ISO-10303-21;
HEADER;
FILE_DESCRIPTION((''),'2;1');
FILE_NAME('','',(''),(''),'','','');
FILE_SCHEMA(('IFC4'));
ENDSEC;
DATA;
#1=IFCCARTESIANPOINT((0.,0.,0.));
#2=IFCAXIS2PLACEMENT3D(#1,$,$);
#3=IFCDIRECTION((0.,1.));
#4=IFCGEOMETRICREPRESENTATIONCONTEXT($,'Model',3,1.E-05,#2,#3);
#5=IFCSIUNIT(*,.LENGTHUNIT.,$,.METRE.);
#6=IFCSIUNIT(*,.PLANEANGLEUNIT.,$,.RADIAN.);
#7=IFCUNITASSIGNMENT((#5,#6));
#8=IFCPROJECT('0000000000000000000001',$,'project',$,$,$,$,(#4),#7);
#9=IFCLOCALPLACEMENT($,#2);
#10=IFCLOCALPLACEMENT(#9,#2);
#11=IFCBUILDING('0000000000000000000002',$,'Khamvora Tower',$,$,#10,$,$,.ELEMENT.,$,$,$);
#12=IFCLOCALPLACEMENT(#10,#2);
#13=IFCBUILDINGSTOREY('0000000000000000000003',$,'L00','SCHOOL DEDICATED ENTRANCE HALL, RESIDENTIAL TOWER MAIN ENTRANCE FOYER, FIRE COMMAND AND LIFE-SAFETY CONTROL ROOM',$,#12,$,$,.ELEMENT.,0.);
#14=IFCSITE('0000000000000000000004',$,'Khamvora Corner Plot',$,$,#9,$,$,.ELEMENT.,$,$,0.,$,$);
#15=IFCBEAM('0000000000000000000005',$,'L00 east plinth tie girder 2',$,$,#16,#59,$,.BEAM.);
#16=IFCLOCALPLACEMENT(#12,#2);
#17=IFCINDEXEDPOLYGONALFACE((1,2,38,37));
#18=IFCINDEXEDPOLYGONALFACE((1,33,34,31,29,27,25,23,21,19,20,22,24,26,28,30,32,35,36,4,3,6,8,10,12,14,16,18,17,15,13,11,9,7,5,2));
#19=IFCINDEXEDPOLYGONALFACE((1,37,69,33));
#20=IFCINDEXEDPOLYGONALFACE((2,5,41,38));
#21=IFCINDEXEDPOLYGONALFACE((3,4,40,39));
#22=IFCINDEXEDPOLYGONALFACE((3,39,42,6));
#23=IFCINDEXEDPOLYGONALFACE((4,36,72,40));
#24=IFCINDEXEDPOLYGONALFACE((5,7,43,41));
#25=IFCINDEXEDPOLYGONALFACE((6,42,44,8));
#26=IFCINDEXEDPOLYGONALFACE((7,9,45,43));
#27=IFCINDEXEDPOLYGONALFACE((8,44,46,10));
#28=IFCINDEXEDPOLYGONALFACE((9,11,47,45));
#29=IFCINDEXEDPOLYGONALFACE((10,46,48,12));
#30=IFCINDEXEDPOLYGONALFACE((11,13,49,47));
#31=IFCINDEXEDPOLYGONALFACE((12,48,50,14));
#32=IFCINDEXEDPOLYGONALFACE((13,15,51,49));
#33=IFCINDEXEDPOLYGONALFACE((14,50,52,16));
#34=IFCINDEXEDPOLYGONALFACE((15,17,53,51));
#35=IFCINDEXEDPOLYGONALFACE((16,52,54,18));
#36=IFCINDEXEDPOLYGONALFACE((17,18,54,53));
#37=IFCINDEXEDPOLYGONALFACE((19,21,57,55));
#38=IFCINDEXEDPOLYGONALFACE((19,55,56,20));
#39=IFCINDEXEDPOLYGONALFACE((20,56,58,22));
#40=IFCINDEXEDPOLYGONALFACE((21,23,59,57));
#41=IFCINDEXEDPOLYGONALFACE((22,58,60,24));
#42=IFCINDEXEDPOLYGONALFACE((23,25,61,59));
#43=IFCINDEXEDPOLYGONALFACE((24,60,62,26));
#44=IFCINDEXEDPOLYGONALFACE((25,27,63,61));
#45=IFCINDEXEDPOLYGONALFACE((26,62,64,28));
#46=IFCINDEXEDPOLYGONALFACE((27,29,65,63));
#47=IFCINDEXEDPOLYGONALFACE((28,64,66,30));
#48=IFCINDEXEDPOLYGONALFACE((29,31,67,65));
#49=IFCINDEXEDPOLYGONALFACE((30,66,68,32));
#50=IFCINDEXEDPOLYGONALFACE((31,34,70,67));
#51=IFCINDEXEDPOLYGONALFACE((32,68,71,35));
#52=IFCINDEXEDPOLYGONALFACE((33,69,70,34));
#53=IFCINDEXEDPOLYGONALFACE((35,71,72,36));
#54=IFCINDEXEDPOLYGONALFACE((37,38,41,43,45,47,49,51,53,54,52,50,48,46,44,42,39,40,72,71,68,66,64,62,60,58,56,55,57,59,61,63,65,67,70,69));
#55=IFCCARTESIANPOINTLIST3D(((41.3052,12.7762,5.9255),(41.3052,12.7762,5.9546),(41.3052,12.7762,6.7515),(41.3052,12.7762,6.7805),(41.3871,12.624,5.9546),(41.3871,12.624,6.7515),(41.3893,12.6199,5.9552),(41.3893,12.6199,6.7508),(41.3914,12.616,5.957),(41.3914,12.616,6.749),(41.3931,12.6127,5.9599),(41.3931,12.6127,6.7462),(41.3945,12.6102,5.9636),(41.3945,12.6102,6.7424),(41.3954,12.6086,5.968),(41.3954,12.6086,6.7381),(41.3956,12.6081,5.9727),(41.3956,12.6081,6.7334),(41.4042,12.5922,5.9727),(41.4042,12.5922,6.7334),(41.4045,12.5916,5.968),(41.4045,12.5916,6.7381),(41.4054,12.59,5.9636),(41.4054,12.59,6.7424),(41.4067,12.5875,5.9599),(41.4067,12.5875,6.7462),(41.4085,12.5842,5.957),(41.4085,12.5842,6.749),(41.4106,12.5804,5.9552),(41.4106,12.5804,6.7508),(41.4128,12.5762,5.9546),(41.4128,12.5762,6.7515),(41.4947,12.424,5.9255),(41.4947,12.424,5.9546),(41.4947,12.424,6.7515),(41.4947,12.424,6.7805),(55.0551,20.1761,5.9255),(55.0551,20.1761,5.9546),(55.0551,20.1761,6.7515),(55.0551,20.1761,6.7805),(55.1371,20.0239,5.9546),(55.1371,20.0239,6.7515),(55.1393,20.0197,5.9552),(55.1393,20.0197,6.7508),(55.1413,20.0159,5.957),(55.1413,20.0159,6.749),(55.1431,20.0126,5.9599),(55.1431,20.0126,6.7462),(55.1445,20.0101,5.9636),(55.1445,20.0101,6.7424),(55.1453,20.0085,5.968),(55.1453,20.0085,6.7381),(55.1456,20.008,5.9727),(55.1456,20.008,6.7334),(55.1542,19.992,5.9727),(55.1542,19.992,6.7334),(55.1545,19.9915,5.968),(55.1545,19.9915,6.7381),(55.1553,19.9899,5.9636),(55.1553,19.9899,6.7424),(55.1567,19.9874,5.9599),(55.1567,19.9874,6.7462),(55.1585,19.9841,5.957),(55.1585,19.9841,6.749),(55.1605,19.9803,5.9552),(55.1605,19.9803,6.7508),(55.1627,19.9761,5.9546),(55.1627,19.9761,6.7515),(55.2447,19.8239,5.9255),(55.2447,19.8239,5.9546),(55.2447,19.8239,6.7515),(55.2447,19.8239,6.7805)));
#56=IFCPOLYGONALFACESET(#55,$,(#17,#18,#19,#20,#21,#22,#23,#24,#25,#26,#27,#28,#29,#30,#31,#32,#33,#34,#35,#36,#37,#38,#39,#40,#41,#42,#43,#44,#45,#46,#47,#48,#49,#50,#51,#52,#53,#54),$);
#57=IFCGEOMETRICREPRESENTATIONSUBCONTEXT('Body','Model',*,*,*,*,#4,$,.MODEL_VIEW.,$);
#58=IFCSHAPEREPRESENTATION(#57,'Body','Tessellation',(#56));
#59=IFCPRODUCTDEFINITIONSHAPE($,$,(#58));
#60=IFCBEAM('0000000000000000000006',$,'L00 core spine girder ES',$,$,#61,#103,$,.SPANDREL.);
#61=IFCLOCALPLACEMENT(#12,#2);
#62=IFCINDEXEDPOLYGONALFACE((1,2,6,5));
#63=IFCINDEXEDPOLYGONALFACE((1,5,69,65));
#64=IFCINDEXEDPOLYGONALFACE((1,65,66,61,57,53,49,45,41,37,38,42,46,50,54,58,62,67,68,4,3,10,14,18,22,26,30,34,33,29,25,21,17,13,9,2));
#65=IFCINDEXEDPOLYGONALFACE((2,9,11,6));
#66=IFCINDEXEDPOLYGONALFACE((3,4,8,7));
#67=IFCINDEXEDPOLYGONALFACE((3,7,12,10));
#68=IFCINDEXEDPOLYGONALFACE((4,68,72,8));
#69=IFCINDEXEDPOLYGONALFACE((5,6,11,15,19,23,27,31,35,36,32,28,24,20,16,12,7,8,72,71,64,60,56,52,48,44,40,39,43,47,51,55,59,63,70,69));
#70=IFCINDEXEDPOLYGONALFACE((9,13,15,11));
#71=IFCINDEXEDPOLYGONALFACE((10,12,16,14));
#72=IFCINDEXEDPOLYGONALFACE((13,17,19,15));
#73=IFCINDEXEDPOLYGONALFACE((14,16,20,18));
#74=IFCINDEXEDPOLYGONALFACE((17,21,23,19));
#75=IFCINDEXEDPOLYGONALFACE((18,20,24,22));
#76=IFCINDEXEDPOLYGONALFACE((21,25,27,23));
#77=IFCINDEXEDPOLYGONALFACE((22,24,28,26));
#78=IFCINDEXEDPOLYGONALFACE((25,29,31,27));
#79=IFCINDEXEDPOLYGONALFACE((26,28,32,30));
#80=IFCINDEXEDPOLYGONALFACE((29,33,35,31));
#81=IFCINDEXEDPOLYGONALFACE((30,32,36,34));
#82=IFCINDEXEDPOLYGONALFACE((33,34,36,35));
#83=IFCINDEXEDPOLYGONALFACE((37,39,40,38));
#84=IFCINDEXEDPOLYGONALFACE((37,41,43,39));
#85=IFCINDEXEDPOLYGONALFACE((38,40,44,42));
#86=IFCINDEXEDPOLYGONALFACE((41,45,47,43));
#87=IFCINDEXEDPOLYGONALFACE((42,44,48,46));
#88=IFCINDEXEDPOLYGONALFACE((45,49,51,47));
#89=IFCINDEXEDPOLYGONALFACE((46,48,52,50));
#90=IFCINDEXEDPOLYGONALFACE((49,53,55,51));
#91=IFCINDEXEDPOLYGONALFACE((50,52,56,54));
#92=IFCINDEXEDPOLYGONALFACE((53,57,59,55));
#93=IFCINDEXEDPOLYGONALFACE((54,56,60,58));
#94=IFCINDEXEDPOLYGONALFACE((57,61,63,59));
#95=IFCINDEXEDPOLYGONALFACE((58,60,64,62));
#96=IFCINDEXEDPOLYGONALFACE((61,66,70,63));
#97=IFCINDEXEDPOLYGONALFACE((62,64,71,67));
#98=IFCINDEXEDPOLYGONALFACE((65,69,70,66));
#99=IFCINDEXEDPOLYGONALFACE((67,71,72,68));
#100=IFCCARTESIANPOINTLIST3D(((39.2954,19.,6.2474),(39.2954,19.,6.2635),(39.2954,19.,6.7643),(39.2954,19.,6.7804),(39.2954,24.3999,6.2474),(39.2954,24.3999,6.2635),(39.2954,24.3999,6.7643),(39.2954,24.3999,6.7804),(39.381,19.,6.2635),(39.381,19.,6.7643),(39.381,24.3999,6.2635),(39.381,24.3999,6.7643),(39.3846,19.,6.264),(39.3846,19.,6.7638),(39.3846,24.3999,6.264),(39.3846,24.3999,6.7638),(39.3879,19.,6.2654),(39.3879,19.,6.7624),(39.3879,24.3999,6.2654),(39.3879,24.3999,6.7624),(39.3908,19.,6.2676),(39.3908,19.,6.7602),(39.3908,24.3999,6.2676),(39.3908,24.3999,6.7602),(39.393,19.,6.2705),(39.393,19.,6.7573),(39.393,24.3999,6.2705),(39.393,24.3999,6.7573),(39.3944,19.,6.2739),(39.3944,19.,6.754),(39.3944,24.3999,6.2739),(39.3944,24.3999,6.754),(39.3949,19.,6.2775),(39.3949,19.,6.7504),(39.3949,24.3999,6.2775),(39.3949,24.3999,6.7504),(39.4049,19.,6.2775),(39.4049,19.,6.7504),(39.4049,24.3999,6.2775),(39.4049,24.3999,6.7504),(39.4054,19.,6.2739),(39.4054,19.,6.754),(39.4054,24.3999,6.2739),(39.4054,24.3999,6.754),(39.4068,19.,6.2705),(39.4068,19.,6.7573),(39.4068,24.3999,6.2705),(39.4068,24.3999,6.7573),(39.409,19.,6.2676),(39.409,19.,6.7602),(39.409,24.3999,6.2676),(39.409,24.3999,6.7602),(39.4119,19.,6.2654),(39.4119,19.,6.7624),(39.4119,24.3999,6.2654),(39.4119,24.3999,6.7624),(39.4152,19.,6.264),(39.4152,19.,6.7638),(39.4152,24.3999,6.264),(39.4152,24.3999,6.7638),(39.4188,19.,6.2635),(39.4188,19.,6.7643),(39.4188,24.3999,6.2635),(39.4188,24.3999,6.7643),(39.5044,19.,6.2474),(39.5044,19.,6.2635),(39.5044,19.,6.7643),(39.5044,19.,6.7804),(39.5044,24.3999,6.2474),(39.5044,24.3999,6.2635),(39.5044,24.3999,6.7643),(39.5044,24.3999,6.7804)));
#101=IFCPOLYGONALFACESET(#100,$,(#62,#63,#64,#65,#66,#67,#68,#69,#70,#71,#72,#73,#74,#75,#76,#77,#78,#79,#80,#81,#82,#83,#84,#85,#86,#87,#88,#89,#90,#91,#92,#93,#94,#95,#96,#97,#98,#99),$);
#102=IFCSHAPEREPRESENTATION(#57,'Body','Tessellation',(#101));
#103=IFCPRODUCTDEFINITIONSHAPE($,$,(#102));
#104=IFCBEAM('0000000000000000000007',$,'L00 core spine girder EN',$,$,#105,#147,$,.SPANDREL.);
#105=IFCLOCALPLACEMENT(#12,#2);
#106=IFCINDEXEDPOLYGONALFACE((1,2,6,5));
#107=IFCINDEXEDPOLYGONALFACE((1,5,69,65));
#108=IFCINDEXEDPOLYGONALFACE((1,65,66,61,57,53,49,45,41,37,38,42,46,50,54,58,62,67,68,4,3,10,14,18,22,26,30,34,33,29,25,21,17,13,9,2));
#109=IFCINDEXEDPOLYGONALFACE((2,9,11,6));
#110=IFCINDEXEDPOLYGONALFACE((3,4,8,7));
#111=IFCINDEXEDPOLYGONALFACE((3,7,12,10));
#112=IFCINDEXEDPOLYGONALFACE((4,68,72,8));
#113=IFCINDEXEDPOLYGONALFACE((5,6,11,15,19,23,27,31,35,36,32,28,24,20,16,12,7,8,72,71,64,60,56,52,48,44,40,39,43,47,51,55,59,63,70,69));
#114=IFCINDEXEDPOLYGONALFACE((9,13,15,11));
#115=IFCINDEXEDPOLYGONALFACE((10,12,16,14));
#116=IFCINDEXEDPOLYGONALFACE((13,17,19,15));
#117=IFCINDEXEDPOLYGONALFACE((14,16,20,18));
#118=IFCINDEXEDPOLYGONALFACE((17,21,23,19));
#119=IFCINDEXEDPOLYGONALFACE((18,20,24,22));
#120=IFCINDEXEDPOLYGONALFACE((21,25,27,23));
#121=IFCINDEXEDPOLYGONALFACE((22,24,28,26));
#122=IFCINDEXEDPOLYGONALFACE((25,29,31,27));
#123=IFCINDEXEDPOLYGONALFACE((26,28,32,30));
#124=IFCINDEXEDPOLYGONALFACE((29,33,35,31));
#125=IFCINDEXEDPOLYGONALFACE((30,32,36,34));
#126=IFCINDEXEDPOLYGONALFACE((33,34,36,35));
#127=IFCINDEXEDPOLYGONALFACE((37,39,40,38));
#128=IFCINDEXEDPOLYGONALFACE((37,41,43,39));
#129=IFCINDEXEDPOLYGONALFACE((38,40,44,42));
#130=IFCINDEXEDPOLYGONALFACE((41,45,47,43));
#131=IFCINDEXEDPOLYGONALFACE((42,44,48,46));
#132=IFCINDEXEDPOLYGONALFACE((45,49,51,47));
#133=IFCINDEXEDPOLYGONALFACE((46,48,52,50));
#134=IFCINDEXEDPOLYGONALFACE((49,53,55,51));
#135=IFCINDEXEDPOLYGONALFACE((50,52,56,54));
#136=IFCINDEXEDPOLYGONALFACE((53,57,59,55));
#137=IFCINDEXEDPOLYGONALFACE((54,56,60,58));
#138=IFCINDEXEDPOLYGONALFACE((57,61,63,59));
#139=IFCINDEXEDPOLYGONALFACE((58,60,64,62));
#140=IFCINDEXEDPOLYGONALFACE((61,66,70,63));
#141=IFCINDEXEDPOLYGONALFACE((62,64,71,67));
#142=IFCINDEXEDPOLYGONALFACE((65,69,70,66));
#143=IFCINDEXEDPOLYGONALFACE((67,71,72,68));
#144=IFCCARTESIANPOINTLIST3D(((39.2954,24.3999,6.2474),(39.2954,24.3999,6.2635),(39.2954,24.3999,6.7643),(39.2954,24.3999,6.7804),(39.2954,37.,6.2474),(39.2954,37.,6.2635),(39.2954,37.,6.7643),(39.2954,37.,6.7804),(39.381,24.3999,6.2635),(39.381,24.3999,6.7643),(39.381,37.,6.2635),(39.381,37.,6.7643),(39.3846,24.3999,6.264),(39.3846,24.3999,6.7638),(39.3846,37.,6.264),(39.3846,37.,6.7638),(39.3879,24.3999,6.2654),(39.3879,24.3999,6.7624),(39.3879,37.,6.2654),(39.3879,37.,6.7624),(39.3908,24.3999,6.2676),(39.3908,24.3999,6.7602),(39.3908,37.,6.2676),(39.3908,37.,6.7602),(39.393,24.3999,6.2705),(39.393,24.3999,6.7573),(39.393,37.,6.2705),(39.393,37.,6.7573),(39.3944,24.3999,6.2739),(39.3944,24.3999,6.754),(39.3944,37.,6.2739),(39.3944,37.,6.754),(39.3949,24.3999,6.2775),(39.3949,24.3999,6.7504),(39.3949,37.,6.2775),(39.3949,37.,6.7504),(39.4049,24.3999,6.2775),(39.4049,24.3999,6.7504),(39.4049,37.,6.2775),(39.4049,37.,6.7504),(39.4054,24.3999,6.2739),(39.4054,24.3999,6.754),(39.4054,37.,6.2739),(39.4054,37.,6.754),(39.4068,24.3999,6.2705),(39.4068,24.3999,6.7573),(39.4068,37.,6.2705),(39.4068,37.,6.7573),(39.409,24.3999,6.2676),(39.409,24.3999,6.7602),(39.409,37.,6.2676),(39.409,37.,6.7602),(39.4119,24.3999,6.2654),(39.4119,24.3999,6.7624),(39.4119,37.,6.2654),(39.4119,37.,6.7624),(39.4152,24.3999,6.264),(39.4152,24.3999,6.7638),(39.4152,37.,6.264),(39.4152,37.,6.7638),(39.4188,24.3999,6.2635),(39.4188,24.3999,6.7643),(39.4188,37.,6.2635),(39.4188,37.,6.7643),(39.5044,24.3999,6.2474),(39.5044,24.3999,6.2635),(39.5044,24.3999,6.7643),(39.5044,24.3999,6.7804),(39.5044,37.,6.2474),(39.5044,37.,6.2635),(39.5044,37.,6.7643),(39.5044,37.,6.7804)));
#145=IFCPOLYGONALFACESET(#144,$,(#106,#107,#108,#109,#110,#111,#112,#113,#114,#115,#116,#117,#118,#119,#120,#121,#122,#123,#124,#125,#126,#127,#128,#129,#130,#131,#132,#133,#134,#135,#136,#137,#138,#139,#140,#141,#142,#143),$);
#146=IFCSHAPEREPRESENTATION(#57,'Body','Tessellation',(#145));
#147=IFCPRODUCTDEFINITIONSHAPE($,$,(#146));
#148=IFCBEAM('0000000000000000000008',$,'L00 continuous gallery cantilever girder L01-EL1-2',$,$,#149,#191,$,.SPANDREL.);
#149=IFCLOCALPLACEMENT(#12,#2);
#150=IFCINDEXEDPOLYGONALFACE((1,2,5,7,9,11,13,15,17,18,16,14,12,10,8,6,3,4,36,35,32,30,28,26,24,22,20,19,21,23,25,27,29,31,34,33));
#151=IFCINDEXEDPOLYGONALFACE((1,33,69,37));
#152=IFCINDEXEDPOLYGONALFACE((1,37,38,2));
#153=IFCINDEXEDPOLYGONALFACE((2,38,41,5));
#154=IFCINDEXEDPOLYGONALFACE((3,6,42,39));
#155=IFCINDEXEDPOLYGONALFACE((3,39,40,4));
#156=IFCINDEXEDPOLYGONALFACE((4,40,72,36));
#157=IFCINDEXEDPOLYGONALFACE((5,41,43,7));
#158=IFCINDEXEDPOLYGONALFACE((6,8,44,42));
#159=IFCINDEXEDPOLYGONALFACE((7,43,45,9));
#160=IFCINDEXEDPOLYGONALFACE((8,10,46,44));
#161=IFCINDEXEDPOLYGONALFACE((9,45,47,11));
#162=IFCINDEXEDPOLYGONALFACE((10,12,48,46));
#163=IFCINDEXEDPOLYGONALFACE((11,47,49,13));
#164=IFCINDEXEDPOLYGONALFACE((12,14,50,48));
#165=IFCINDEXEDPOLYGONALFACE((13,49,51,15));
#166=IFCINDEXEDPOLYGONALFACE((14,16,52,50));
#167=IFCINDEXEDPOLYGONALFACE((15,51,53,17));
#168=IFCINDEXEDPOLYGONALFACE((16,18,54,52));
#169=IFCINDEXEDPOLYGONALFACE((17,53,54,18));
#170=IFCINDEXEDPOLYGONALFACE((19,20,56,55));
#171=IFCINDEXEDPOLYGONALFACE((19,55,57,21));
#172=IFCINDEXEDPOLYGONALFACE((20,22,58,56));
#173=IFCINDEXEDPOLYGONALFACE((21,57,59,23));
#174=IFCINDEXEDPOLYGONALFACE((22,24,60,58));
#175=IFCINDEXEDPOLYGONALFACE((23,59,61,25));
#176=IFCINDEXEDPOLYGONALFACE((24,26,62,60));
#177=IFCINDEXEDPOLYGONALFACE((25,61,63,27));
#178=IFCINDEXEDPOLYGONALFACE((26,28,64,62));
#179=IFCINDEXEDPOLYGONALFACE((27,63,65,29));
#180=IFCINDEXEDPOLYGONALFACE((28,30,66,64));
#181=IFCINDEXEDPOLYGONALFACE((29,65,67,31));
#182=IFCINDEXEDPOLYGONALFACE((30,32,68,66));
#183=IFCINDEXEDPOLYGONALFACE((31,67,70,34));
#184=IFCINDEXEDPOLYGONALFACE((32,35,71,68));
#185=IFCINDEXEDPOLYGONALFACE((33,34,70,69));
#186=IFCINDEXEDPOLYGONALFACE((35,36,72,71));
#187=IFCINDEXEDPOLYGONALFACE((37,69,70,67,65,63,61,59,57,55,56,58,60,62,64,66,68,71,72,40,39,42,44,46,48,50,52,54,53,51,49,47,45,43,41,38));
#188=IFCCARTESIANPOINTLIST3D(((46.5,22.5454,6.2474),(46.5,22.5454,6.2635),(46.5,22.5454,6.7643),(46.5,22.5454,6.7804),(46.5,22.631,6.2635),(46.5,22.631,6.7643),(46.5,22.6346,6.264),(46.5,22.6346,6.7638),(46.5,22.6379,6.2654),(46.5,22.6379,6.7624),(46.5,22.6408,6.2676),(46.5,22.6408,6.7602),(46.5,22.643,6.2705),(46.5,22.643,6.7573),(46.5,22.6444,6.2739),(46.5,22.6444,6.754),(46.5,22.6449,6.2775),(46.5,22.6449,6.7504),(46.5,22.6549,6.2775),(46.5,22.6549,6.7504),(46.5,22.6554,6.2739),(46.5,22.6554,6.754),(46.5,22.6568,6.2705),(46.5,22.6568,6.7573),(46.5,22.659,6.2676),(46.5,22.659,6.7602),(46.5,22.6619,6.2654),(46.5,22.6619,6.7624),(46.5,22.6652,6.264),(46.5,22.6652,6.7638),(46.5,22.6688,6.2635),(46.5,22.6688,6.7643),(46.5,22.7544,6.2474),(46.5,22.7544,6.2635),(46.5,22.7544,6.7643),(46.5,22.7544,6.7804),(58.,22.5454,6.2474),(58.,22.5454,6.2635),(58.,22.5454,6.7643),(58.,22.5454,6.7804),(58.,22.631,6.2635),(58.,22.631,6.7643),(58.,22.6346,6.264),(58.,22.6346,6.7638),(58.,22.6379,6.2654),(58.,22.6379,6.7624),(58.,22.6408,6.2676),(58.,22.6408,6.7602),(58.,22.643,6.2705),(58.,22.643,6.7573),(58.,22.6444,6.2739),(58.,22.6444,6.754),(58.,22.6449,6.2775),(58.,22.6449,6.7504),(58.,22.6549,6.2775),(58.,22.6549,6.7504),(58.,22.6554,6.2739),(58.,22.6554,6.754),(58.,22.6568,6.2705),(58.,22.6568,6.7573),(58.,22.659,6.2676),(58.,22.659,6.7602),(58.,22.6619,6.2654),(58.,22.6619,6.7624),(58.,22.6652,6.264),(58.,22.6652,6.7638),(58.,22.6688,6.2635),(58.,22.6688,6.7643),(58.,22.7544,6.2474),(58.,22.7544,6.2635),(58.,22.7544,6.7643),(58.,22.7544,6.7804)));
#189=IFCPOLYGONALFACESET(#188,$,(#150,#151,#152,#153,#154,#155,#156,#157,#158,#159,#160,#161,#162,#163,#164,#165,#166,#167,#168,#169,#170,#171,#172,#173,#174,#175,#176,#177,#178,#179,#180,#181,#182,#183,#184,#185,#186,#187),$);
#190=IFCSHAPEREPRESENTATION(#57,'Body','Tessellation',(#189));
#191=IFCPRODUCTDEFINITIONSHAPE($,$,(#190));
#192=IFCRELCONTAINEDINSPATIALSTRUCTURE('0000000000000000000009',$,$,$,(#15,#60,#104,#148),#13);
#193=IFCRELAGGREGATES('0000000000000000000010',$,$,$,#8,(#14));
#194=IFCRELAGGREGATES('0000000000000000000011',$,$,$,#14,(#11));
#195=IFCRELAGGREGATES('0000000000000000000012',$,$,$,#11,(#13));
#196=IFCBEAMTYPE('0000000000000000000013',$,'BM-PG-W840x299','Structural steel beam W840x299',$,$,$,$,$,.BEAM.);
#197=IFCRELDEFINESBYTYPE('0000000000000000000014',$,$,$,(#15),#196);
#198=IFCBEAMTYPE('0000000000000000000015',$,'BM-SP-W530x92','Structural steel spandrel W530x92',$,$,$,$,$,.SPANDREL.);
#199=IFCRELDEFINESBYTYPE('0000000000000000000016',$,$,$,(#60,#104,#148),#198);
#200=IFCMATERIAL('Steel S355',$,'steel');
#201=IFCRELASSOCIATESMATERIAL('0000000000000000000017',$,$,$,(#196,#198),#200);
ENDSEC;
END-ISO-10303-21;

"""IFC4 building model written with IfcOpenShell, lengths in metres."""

from ifc_helpers import new_model, si_unit, direction, frame, origin, origin_2d, place, context, subcontext, project, spatial, i_section, extrude, material, material_profile, profile_set, type_object, element, save


model = new_model("IFC4")

# Units and contexts
model_context = context("Model", 3, precision=1e-05, world=origin(), true_north=direction((0.0, 1.0)))
body_context = subcontext(model_context, "Body", "Model", "MODEL_VIEW")
ifc_project = project(units=[si_unit("LENGTHUNIT", "METRE"), si_unit("PLANEANGLEUNIT", "RADIAN")], contexts=[model_context])

# Site, building, storey
site_placement = place(None, origin())
site = spatial("IfcSite", under=ifc_project, at=site_placement, Name="Khamvora Corner Plot", CompositionType="ELEMENT", RefElevation=0.0)
building_placement = place(site_placement, origin())
building = spatial("IfcBuilding", under=site, at=building_placement, Name="Khamvora Tower", CompositionType="ELEMENT")
storey_placement = place(building_placement, origin())
storey = spatial("IfcBuildingStorey", under=building, at=storey_placement, Name="L00", Description="SCHOOL DEDICATED ENTRANCE HALL, RESIDENTIAL TOWER MAIN ENTRANCE FOYER, FIRE COMMAND AND LIFE-SAFETY CONTROL ROOM", CompositionType="ELEMENT", Elevation=0.0)

# Beams
ifc_material_1 = material(Name="Steel S355", Category="steel")
ifc_material_profile_1 = material_profile(ifc_material_1, i_section(OverallWidth=0.3999, OverallDepth=0.855, WebThickness=0.0181, FlangeThickness=0.0291, FilletRadius=0.0181, at=origin_2d()), Name="W840x299")
ifc_profile_set_1 = profile_set([ifc_material_profile_1], Name="Steel S355")
beam_type_1 = type_object("IfcBeamType", Name="BM-PG-W840x299", Description="Structural steel beam W840x299", PredefinedType="BEAM", material=ifc_profile_set_1)
beam_1_placement = place(storey_placement, frame((55.1499, 20.0, 6.353), z_axis=(-0.880577, -0.473904, 0.0), x_axis=(0.473904, -0.880577, 0.0)))
element("IfcBeam", 1, at=beam_1_placement, inside=storey, type_object=beam_type_1, Name="L00 east plinth tie girder 2", PredefinedType="BEAM", context=body_context, shape_type="SweptSolid", body=[
    extrude(i_section(OverallWidth=0.3999, OverallDepth=0.855, WebThickness=0.0181, FlangeThickness=0.0291, FilletRadius=0.0181, at=origin_2d()), origin(), (0.0, 0.0, 1.0), 15.6147),
])
ifc_material_profile_2 = material_profile(ifc_material_1, i_section(OverallWidth=0.209, OverallDepth=0.533, WebThickness=0.01, FlangeThickness=0.0161, FilletRadius=0.0139, at=origin_2d()), Name="W530x92")
ifc_profile_set_2 = profile_set([ifc_material_profile_2], Name="Steel S355")
beam_type_2 = type_object("IfcBeamType", Name="BM-SP-W530x92", Description="Structural steel spandrel W530x92", PredefinedType="SPANDREL", material=ifc_profile_set_2)
beam_2_placement = place(storey_placement, frame((39.3999, 19.0, 6.5139), z_axis=(0.0, 1.0, 0.0), x_axis=(-1.0, 0.0, 0.0)))
element("IfcBeam", 2, at=beam_2_placement, inside=storey, type_object=beam_type_2, Name="L00 core spine girder ES", PredefinedType="SPANDREL", context=body_context, shape_type="SweptSolid", body=[
    extrude(i_section(OverallWidth=0.209, OverallDepth=0.533, WebThickness=0.01, FlangeThickness=0.0161, FilletRadius=0.0139, at=origin_2d()), origin(), (0.0, 0.0, 1.0), 5.3999),
])
beam_3_placement = place(storey_placement, frame((39.3999, 24.3999, 6.5139), z_axis=(0.0, 1.0, 0.0), x_axis=(-1.0, 0.0, 0.0)))
element("IfcBeam", 3, at=beam_3_placement, inside=storey, type_object=beam_type_2, Name="L00 core spine girder EN", PredefinedType="SPANDREL", context=body_context, shape_type="SweptSolid", body=[
    extrude(i_section(OverallWidth=0.209, OverallDepth=0.533, WebThickness=0.01, FlangeThickness=0.0161, FilletRadius=0.0139, at=origin_2d()), origin(), (0.0, 0.0, 1.0), 12.6001),
])
beam_4_placement = place(storey_placement, frame((46.5, 22.6499, 6.5139), z_axis=(1.0, 0.0, 0.0), x_axis=(0.0, 1.0, 0.0)))
element("IfcBeam", 4, at=beam_4_placement, inside=storey, type_object=beam_type_2, Name="L00 continuous gallery cantilever girder L01-EL1-2", PredefinedType="SPANDREL", context=body_context, shape_type="SweptSolid", body=[
    extrude(i_section(OverallWidth=0.209, OverallDepth=0.533, WebThickness=0.01, FlangeThickness=0.0161, FilletRadius=0.0139, at=origin_2d()), origin(), (0.0, 0.0, 1.0), 11.5),
])

save(model, "model.ifc")
